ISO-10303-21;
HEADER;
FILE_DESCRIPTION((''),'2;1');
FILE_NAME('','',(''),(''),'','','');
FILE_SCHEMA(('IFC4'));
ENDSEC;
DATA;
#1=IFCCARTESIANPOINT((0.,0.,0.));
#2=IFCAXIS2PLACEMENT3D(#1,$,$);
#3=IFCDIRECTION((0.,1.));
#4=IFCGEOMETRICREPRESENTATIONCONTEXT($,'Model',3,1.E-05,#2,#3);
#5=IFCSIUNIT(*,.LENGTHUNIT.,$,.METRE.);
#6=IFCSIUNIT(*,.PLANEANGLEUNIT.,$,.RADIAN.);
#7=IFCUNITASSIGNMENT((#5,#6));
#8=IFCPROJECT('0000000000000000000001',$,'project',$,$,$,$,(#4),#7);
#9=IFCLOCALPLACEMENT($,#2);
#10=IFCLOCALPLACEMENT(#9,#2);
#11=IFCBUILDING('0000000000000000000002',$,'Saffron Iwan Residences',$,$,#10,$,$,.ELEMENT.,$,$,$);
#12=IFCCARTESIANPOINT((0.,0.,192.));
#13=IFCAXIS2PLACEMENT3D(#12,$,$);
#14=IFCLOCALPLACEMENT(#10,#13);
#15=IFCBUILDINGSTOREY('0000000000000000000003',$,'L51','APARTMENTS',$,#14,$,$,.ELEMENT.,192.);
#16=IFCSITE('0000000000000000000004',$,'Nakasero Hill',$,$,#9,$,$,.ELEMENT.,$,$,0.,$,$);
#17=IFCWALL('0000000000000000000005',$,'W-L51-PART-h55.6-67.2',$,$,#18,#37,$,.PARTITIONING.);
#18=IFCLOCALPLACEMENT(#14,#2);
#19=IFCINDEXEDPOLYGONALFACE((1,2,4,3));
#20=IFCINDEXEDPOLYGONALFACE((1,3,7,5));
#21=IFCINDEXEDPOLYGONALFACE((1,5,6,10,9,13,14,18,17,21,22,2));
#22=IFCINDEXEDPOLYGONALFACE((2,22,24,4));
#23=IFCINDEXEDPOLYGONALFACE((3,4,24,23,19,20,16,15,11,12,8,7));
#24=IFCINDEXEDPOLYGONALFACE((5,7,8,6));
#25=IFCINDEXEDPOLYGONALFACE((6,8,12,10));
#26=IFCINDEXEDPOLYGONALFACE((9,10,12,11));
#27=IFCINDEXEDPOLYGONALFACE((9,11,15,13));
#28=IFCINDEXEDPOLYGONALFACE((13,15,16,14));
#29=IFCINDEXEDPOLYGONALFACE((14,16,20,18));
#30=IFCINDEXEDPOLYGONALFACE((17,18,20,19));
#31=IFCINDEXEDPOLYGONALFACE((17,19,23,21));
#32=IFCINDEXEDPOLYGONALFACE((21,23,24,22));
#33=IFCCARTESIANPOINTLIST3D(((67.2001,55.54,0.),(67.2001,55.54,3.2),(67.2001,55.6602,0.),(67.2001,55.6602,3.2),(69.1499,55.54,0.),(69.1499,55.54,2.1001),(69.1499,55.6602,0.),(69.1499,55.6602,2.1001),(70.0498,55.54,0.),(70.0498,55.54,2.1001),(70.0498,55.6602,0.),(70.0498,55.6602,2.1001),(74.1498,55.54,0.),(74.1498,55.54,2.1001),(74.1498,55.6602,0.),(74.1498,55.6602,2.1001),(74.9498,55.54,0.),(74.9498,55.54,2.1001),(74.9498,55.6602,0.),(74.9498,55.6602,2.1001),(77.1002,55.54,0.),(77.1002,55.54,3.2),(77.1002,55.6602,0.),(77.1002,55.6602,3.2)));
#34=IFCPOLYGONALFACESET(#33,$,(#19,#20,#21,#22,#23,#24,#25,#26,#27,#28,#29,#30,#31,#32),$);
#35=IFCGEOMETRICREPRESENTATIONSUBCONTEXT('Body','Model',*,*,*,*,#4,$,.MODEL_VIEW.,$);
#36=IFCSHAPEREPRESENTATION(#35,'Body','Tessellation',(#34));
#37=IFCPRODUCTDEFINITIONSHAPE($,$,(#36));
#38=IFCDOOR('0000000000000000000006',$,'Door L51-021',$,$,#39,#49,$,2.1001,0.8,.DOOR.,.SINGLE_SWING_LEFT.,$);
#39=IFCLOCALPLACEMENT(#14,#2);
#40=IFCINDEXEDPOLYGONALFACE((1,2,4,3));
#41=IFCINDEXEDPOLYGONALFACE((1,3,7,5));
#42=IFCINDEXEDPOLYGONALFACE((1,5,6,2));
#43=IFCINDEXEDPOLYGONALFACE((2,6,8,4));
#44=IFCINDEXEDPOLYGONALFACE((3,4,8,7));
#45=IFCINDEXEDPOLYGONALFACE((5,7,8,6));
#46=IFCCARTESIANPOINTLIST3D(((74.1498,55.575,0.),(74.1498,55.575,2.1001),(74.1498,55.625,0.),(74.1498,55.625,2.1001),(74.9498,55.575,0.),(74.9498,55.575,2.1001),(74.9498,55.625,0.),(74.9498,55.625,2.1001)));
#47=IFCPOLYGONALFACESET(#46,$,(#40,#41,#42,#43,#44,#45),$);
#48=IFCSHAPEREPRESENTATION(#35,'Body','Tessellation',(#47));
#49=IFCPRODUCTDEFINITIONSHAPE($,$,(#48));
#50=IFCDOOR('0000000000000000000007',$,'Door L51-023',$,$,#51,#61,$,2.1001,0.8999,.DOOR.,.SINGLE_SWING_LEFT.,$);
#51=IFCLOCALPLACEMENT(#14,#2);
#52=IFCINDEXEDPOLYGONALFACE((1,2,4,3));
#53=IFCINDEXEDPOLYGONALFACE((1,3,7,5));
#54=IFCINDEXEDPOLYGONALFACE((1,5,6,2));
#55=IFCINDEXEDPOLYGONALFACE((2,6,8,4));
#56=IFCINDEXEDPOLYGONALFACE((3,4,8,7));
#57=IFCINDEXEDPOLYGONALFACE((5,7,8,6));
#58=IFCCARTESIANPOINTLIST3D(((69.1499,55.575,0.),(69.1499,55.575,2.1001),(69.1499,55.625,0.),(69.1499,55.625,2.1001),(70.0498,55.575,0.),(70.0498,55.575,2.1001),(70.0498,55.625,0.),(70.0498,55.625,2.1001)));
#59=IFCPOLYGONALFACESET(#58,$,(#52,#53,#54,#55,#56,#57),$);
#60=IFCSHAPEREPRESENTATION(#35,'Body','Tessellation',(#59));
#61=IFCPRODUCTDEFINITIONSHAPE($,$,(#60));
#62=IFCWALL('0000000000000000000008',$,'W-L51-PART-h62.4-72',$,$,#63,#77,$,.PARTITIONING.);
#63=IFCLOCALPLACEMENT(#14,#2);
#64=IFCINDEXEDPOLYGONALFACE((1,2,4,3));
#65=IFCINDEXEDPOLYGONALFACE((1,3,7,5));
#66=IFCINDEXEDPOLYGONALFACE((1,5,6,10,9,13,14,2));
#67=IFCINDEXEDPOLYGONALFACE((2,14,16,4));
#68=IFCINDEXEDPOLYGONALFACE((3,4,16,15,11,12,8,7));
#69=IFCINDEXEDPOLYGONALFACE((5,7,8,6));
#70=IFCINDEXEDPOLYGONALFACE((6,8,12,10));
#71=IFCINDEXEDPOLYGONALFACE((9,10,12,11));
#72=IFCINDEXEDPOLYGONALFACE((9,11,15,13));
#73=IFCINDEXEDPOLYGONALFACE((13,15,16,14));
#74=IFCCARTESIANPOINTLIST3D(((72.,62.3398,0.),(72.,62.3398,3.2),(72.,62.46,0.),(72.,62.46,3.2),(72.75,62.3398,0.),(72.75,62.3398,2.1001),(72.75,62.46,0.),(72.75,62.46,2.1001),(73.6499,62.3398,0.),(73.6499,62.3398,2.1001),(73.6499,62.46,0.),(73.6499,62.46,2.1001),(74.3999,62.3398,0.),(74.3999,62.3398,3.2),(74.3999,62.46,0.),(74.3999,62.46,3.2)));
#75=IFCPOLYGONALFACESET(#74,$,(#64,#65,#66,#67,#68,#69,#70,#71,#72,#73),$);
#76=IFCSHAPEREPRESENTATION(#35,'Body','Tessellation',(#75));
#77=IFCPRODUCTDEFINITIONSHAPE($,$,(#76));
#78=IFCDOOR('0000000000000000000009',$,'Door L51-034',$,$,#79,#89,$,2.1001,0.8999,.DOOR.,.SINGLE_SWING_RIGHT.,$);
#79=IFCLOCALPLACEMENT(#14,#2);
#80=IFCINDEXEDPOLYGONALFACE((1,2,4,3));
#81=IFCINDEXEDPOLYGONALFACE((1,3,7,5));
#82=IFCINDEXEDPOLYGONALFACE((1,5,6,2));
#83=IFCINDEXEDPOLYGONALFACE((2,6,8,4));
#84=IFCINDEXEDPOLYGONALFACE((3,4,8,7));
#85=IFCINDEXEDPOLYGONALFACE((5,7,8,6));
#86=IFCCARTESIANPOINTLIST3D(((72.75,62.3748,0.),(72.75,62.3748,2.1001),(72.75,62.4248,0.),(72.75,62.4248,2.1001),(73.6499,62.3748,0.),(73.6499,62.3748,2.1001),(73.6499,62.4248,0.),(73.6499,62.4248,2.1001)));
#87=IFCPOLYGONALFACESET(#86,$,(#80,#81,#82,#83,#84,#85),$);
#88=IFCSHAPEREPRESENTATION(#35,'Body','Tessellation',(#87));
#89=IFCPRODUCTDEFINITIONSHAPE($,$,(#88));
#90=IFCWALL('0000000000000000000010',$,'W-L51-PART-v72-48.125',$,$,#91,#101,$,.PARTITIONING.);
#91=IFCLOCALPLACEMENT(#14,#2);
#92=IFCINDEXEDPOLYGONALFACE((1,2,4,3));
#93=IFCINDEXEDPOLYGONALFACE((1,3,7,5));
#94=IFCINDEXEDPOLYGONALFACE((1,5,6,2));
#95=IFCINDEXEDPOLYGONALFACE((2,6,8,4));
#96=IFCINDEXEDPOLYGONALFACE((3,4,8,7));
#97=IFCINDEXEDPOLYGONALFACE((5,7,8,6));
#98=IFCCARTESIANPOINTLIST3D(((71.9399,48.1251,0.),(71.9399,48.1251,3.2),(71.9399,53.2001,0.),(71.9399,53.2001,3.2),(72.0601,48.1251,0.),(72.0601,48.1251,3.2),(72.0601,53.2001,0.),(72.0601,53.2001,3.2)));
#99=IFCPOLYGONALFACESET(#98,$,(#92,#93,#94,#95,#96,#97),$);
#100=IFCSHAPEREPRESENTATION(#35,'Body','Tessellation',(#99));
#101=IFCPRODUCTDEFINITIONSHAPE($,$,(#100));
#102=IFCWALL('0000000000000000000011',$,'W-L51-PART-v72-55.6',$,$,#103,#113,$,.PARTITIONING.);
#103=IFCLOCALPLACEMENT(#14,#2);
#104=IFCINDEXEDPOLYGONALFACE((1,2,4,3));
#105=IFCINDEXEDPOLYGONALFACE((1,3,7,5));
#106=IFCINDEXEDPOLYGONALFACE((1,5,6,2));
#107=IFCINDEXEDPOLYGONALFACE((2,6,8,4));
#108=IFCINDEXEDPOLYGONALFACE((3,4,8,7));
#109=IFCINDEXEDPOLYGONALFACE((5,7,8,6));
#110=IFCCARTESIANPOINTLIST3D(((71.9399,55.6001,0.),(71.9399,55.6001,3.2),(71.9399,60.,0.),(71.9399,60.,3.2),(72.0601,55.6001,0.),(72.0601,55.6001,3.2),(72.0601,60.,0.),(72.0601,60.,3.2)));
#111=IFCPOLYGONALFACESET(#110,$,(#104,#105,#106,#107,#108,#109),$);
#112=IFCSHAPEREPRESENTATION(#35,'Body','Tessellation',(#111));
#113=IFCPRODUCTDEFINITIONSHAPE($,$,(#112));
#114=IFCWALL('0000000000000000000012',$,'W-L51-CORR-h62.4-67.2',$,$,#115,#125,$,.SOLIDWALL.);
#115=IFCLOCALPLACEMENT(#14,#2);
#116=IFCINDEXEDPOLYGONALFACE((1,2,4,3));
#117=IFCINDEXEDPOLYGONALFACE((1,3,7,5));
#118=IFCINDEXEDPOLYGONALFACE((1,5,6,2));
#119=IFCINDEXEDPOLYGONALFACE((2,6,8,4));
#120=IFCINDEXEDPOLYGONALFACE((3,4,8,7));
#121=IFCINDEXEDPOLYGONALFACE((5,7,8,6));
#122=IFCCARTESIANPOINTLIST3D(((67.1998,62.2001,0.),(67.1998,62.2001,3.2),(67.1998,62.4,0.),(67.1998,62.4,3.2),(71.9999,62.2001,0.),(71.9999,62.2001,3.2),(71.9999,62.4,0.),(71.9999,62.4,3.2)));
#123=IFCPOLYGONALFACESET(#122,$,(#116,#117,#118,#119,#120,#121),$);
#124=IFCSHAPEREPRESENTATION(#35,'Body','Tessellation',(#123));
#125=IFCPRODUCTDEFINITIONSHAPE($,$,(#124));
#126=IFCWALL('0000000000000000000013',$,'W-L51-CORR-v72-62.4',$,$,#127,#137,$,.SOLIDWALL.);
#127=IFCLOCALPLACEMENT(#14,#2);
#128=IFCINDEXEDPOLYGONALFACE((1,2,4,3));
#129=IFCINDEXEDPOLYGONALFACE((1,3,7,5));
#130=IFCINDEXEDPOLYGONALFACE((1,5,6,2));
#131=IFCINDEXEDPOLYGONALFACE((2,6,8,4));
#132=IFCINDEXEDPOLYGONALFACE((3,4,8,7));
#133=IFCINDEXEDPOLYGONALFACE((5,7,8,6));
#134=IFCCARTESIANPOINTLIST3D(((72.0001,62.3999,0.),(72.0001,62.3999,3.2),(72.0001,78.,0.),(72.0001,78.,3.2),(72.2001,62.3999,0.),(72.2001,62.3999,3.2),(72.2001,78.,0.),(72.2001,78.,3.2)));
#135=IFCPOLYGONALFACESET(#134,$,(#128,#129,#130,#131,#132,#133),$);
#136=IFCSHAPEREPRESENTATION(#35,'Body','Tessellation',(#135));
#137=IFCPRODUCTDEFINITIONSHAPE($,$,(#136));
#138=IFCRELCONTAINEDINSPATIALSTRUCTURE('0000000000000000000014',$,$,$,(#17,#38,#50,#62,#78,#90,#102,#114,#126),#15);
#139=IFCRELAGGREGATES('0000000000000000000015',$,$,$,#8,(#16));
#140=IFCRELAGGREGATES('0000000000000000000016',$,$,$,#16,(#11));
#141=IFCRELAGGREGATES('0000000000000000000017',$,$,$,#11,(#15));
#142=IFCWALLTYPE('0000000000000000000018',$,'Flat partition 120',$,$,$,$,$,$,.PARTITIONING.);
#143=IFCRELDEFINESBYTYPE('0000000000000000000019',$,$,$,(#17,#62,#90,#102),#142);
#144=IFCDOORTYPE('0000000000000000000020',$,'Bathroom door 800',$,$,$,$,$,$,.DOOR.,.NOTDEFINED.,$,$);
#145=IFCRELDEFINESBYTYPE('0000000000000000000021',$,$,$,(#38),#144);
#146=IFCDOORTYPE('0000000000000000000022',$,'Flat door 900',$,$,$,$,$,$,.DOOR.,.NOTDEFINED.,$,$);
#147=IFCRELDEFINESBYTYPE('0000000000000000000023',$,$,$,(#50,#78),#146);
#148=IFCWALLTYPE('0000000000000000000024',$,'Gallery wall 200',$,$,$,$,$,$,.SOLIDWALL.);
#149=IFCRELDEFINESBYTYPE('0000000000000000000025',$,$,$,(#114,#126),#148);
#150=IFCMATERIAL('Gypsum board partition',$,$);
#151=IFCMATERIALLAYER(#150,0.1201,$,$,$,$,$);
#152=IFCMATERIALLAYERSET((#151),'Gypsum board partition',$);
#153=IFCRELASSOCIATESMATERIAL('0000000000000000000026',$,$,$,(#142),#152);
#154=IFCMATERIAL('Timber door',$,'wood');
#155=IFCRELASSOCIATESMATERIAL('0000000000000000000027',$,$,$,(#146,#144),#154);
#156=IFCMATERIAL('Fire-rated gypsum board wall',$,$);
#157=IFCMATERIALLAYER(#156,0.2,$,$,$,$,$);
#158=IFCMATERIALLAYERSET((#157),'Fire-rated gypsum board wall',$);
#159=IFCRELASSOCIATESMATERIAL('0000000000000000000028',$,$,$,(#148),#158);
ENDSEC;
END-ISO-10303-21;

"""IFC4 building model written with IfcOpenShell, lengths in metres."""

from ifc_helpers import new_model, si_unit, direction, frame, frame_2d, origin, place, context, subcontext, project, spatial, rectangle, extrude, material, layer, layer_set, type_object, element, fill, save


model = new_model("IFC4")

# Units and contexts
model_context = context("Model", 3, precision=1e-05, world=origin(), true_north=direction((0.0, 1.0)))
body_context = subcontext(model_context, "Body", "Model", "MODEL_VIEW")
ifc_project = project(units=[si_unit("LENGTHUNIT", "METRE"), si_unit("PLANEANGLEUNIT", "RADIAN")], contexts=[model_context])

# Site, building, storey
site_placement = place(None, origin())
site = spatial("IfcSite", under=ifc_project, at=site_placement, Name="Nakasero Hill", CompositionType="ELEMENT", RefElevation=0.0)
building_placement = place(site_placement, origin())
building = spatial("IfcBuilding", under=site, at=building_placement, Name="Saffron Iwan Residences", CompositionType="ELEMENT")
storey_placement = place(building_placement, frame((0.0, 0.0, 192.0)))
storey = spatial("IfcBuildingStorey", under=building, at=storey_placement, Name="L51", Description="APARTMENTS", CompositionType="ELEMENT", Elevation=192.0)

# Shared definitions
ifc_material_1 = material(Name="Fire-rated gypsum board wall")
ifc_material_2 = material(Name="Gypsum board partition")
ifc_layer_1 = layer(ifc_material_2, 0.1201)
ifc_layer_set_1 = layer_set([ifc_layer_1], Name="Gypsum board partition")
wall_type_1 = type_object("IfcWallType", Name="Flat partition 120", PredefinedType="PARTITIONING", material=ifc_layer_set_1)

# Wall, openings, doors
ifc_material_3 = material(Name="Timber door", Category="wood")
door_type_1 = type_object("IfcDoorType", Name="Flat door 900", OperationType="NOTDEFINED", PredefinedType="DOOR", material=ifc_material_3)
wall_1_placement = place(storey_placement, frame((67.2, 55.6001, 0.0), z_axis=(0.0, 0.0, 1.0), x_axis=(1.0, 0.0, 0.0)))
wall_1 = element("IfcWall", 1, at=wall_1_placement, inside=storey, type_object=wall_type_1, Name="W-L51-PART-h55.6-67.2", PredefinedType="PARTITIONING", context=body_context, shape_type="SweptSolid", body=[
    extrude(rectangle(XDim=9.9001, YDim=0.1201, at=frame_2d((4.9502, 0.0))), origin(), (0.0, 0.0, 1.0), 3.2),
])
opening_1_placement = place(wall_1_placement, frame((6.95, 0.0, 0.0)))
opening_1 = element("IfcOpeningElement", 2, at=opening_1_placement, cuts=wall_1, PredefinedType="OPENING", context=body_context, shape_type="SweptSolid", body=[
    extrude(rectangle(XDim=0.8, YDim=2.1001, at=frame_2d((0.3999, 1.05))), frame((0.0, 0.0701, 0.0), z_axis=(0.0, -1.0, 0.0), x_axis=(1.0, 0.0, 0.0)), (0.0, 0.0, 1.0), 0.1401),
])
opening_2_placement = place(wall_1_placement, frame((1.95, 0.0, 0.0)))
opening_2 = element("IfcOpeningElement", 3, at=opening_2_placement, cuts=wall_1, PredefinedType="OPENING", context=body_context, shape_type="SweptSolid", body=[
    extrude(rectangle(XDim=0.8999, YDim=2.1001, at=frame_2d((0.45, 1.05))), frame((0.0, 0.0701, 0.0), z_axis=(0.0, -1.0, 0.0), x_axis=(1.0, 0.0, 0.0)), (0.0, 0.0, 1.0), 0.1401),
])
door_type_2 = type_object("IfcDoorType", Name="Bathroom door 800", OperationType="NOTDEFINED", PredefinedType="DOOR", material=ifc_material_3)
door_1_placement = place(opening_1_placement, origin())
door_1 = element("IfcDoor", 4, at=door_1_placement, inside=storey, type_object=door_type_2, Name="Door L51-021", OperationType="SINGLE_SWING_LEFT", OverallHeight=2.1001, OverallWidth=0.8, PredefinedType="DOOR", context=body_context, shape_type="SweptSolid", body=[
    extrude(rectangle(XDim=0.8, YDim=2.1001, at=frame_2d((0.3999, 1.05))), frame((0.0, 0.0249, 0.0), z_axis=(0.0, -1.0, 0.0), x_axis=(1.0, 0.0, 0.0)), (0.0, 0.0, 1.0), 0.05),
])
fill(opening_1, door_1)
door_2_placement = place(opening_2_placement, origin())
door_2 = element("IfcDoor", 5, at=door_2_placement, inside=storey, type_object=door_type_1, Name="Door L51-023", OperationType="SINGLE_SWING_LEFT", OverallHeight=2.1001, OverallWidth=0.8999, PredefinedType="DOOR", context=body_context, shape_type="SweptSolid", body=[
    extrude(rectangle(XDim=0.8999, YDim=2.1001, at=frame_2d((0.45, 1.05))), frame((0.0, 0.0249, 0.0), z_axis=(0.0, -1.0, 0.0), x_axis=(1.0, 0.0, 0.0)), (0.0, 0.0, 1.0), 0.05),
])
fill(opening_2, door_2)

# Wall, opening, door
wall_2_placement = place(storey_placement, frame((72.0, 62.3999, 0.0), z_axis=(0.0, 0.0, 1.0), x_axis=(1.0, 0.0, 0.0)))
wall_2 = element("IfcWall", 6, at=wall_2_placement, inside=storey, type_object=wall_type_1, Name="W-L51-PART-h62.4-72", PredefinedType="PARTITIONING", context=body_context, shape_type="SweptSolid", body=[
    extrude(rectangle(XDim=2.3999, YDim=0.1201, at=frame_2d((1.2, 0.0))), origin(), (0.0, 0.0, 1.0), 3.2),
])
opening_3_placement = place(wall_2_placement, frame((0.75, 0.0, 0.0)))
opening_3 = element("IfcOpeningElement", 7, at=opening_3_placement, cuts=wall_2, PredefinedType="OPENING", context=body_context, shape_type="SweptSolid", body=[
    extrude(rectangle(XDim=0.8999, YDim=2.1001, at=frame_2d((0.45, 1.05))), frame((0.0, 0.0701, 0.0), z_axis=(0.0, -1.0, 0.0), x_axis=(1.0, 0.0, 0.0)), (0.0, 0.0, 1.0), 0.1401),
])
door_3_placement = place(opening_3_placement, origin())
door_3 = element("IfcDoor", 8, at=door_3_placement, inside=storey, type_object=door_type_1, Name="Door L51-034", OperationType="SINGLE_SWING_RIGHT", OverallHeight=2.1001, OverallWidth=0.8999, PredefinedType="DOOR", context=body_context, shape_type="SweptSolid", body=[
    extrude(rectangle(XDim=0.8999, YDim=2.1001, at=frame_2d((0.45, 1.05))), frame((0.0, 0.0249, 0.0), z_axis=(0.0, -1.0, 0.0), x_axis=(1.0, 0.0, 0.0)), (0.0, 0.0, 1.0), 0.05),
])
fill(opening_3, door_3)

# Walls
wall_3_placement = place(storey_placement, frame((72.0, 48.125, 0.0), z_axis=(0.0, 0.0, 1.0), x_axis=(0.0, 1.0, 0.0)))
element("IfcWall", 9, at=wall_3_placement, inside=storey, type_object=wall_type_1, Name="W-L51-PART-v72-48.125", PredefinedType="PARTITIONING", context=body_context, shape_type="SweptSolid", body=[
    extrude(rectangle(XDim=5.075, YDim=0.1201, at=frame_2d((2.5376, 0.0))), origin(), (0.0, 0.0, 1.0), 3.2),
])
wall_4_placement = place(storey_placement, frame((72.0, 55.6001, 0.0), z_axis=(0.0, 0.0, 1.0), x_axis=(0.0, 1.0, 0.0)))
element("IfcWall", 10, at=wall_4_placement, inside=storey, type_object=wall_type_1, Name="W-L51-PART-v72-55.6", PredefinedType="PARTITIONING", context=body_context, shape_type="SweptSolid", body=[
    extrude(rectangle(XDim=4.3999, YDim=0.1201, at=frame_2d((2.2, 0.0))), origin(), (0.0, 0.0, 1.0), 3.2),
])
ifc_layer_2 = layer(ifc_material_1, 0.2)
ifc_layer_set_2 = layer_set([ifc_layer_2], Name="Fire-rated gypsum board wall")
wall_type_2 = type_object("IfcWallType", Name="Gallery wall 200", PredefinedType="SOLIDWALL", material=ifc_layer_set_2)
wall_5_placement = place(storey_placement, frame((67.2, 62.3, 0.0), z_axis=(0.0, 0.0, 1.0), x_axis=(1.0, 0.0, 0.0)))
element("IfcWall", 11, at=wall_5_placement, inside=storey, type_object=wall_type_2, Name="W-L51-CORR-h62.4-67.2", PredefinedType="SOLIDWALL", context=body_context, shape_type="SweptSolid", body=[
    extrude(rectangle(XDim=4.8, YDim=0.2, at=frame_2d((2.3999, 0.0))), origin(), (0.0, 0.0, 1.0), 3.2),
])
wall_6_placement = place(storey_placement, frame((72.1001, 62.3999, 0.0), z_axis=(0.0, 0.0, 1.0), x_axis=(0.0, 1.0, 0.0)))
element("IfcWall", 12, at=wall_6_placement, inside=storey, type_object=wall_type_2, Name="W-L51-CORR-v72-62.4", PredefinedType="SOLIDWALL", context=body_context, shape_type="SweptSolid", body=[
    extrude(rectangle(XDim=15.6001, YDim=0.2, at=frame_2d((7.8, 0.0))), origin(), (0.0, 0.0, 1.0), 3.2),
])

save(model, "model.ifc")
